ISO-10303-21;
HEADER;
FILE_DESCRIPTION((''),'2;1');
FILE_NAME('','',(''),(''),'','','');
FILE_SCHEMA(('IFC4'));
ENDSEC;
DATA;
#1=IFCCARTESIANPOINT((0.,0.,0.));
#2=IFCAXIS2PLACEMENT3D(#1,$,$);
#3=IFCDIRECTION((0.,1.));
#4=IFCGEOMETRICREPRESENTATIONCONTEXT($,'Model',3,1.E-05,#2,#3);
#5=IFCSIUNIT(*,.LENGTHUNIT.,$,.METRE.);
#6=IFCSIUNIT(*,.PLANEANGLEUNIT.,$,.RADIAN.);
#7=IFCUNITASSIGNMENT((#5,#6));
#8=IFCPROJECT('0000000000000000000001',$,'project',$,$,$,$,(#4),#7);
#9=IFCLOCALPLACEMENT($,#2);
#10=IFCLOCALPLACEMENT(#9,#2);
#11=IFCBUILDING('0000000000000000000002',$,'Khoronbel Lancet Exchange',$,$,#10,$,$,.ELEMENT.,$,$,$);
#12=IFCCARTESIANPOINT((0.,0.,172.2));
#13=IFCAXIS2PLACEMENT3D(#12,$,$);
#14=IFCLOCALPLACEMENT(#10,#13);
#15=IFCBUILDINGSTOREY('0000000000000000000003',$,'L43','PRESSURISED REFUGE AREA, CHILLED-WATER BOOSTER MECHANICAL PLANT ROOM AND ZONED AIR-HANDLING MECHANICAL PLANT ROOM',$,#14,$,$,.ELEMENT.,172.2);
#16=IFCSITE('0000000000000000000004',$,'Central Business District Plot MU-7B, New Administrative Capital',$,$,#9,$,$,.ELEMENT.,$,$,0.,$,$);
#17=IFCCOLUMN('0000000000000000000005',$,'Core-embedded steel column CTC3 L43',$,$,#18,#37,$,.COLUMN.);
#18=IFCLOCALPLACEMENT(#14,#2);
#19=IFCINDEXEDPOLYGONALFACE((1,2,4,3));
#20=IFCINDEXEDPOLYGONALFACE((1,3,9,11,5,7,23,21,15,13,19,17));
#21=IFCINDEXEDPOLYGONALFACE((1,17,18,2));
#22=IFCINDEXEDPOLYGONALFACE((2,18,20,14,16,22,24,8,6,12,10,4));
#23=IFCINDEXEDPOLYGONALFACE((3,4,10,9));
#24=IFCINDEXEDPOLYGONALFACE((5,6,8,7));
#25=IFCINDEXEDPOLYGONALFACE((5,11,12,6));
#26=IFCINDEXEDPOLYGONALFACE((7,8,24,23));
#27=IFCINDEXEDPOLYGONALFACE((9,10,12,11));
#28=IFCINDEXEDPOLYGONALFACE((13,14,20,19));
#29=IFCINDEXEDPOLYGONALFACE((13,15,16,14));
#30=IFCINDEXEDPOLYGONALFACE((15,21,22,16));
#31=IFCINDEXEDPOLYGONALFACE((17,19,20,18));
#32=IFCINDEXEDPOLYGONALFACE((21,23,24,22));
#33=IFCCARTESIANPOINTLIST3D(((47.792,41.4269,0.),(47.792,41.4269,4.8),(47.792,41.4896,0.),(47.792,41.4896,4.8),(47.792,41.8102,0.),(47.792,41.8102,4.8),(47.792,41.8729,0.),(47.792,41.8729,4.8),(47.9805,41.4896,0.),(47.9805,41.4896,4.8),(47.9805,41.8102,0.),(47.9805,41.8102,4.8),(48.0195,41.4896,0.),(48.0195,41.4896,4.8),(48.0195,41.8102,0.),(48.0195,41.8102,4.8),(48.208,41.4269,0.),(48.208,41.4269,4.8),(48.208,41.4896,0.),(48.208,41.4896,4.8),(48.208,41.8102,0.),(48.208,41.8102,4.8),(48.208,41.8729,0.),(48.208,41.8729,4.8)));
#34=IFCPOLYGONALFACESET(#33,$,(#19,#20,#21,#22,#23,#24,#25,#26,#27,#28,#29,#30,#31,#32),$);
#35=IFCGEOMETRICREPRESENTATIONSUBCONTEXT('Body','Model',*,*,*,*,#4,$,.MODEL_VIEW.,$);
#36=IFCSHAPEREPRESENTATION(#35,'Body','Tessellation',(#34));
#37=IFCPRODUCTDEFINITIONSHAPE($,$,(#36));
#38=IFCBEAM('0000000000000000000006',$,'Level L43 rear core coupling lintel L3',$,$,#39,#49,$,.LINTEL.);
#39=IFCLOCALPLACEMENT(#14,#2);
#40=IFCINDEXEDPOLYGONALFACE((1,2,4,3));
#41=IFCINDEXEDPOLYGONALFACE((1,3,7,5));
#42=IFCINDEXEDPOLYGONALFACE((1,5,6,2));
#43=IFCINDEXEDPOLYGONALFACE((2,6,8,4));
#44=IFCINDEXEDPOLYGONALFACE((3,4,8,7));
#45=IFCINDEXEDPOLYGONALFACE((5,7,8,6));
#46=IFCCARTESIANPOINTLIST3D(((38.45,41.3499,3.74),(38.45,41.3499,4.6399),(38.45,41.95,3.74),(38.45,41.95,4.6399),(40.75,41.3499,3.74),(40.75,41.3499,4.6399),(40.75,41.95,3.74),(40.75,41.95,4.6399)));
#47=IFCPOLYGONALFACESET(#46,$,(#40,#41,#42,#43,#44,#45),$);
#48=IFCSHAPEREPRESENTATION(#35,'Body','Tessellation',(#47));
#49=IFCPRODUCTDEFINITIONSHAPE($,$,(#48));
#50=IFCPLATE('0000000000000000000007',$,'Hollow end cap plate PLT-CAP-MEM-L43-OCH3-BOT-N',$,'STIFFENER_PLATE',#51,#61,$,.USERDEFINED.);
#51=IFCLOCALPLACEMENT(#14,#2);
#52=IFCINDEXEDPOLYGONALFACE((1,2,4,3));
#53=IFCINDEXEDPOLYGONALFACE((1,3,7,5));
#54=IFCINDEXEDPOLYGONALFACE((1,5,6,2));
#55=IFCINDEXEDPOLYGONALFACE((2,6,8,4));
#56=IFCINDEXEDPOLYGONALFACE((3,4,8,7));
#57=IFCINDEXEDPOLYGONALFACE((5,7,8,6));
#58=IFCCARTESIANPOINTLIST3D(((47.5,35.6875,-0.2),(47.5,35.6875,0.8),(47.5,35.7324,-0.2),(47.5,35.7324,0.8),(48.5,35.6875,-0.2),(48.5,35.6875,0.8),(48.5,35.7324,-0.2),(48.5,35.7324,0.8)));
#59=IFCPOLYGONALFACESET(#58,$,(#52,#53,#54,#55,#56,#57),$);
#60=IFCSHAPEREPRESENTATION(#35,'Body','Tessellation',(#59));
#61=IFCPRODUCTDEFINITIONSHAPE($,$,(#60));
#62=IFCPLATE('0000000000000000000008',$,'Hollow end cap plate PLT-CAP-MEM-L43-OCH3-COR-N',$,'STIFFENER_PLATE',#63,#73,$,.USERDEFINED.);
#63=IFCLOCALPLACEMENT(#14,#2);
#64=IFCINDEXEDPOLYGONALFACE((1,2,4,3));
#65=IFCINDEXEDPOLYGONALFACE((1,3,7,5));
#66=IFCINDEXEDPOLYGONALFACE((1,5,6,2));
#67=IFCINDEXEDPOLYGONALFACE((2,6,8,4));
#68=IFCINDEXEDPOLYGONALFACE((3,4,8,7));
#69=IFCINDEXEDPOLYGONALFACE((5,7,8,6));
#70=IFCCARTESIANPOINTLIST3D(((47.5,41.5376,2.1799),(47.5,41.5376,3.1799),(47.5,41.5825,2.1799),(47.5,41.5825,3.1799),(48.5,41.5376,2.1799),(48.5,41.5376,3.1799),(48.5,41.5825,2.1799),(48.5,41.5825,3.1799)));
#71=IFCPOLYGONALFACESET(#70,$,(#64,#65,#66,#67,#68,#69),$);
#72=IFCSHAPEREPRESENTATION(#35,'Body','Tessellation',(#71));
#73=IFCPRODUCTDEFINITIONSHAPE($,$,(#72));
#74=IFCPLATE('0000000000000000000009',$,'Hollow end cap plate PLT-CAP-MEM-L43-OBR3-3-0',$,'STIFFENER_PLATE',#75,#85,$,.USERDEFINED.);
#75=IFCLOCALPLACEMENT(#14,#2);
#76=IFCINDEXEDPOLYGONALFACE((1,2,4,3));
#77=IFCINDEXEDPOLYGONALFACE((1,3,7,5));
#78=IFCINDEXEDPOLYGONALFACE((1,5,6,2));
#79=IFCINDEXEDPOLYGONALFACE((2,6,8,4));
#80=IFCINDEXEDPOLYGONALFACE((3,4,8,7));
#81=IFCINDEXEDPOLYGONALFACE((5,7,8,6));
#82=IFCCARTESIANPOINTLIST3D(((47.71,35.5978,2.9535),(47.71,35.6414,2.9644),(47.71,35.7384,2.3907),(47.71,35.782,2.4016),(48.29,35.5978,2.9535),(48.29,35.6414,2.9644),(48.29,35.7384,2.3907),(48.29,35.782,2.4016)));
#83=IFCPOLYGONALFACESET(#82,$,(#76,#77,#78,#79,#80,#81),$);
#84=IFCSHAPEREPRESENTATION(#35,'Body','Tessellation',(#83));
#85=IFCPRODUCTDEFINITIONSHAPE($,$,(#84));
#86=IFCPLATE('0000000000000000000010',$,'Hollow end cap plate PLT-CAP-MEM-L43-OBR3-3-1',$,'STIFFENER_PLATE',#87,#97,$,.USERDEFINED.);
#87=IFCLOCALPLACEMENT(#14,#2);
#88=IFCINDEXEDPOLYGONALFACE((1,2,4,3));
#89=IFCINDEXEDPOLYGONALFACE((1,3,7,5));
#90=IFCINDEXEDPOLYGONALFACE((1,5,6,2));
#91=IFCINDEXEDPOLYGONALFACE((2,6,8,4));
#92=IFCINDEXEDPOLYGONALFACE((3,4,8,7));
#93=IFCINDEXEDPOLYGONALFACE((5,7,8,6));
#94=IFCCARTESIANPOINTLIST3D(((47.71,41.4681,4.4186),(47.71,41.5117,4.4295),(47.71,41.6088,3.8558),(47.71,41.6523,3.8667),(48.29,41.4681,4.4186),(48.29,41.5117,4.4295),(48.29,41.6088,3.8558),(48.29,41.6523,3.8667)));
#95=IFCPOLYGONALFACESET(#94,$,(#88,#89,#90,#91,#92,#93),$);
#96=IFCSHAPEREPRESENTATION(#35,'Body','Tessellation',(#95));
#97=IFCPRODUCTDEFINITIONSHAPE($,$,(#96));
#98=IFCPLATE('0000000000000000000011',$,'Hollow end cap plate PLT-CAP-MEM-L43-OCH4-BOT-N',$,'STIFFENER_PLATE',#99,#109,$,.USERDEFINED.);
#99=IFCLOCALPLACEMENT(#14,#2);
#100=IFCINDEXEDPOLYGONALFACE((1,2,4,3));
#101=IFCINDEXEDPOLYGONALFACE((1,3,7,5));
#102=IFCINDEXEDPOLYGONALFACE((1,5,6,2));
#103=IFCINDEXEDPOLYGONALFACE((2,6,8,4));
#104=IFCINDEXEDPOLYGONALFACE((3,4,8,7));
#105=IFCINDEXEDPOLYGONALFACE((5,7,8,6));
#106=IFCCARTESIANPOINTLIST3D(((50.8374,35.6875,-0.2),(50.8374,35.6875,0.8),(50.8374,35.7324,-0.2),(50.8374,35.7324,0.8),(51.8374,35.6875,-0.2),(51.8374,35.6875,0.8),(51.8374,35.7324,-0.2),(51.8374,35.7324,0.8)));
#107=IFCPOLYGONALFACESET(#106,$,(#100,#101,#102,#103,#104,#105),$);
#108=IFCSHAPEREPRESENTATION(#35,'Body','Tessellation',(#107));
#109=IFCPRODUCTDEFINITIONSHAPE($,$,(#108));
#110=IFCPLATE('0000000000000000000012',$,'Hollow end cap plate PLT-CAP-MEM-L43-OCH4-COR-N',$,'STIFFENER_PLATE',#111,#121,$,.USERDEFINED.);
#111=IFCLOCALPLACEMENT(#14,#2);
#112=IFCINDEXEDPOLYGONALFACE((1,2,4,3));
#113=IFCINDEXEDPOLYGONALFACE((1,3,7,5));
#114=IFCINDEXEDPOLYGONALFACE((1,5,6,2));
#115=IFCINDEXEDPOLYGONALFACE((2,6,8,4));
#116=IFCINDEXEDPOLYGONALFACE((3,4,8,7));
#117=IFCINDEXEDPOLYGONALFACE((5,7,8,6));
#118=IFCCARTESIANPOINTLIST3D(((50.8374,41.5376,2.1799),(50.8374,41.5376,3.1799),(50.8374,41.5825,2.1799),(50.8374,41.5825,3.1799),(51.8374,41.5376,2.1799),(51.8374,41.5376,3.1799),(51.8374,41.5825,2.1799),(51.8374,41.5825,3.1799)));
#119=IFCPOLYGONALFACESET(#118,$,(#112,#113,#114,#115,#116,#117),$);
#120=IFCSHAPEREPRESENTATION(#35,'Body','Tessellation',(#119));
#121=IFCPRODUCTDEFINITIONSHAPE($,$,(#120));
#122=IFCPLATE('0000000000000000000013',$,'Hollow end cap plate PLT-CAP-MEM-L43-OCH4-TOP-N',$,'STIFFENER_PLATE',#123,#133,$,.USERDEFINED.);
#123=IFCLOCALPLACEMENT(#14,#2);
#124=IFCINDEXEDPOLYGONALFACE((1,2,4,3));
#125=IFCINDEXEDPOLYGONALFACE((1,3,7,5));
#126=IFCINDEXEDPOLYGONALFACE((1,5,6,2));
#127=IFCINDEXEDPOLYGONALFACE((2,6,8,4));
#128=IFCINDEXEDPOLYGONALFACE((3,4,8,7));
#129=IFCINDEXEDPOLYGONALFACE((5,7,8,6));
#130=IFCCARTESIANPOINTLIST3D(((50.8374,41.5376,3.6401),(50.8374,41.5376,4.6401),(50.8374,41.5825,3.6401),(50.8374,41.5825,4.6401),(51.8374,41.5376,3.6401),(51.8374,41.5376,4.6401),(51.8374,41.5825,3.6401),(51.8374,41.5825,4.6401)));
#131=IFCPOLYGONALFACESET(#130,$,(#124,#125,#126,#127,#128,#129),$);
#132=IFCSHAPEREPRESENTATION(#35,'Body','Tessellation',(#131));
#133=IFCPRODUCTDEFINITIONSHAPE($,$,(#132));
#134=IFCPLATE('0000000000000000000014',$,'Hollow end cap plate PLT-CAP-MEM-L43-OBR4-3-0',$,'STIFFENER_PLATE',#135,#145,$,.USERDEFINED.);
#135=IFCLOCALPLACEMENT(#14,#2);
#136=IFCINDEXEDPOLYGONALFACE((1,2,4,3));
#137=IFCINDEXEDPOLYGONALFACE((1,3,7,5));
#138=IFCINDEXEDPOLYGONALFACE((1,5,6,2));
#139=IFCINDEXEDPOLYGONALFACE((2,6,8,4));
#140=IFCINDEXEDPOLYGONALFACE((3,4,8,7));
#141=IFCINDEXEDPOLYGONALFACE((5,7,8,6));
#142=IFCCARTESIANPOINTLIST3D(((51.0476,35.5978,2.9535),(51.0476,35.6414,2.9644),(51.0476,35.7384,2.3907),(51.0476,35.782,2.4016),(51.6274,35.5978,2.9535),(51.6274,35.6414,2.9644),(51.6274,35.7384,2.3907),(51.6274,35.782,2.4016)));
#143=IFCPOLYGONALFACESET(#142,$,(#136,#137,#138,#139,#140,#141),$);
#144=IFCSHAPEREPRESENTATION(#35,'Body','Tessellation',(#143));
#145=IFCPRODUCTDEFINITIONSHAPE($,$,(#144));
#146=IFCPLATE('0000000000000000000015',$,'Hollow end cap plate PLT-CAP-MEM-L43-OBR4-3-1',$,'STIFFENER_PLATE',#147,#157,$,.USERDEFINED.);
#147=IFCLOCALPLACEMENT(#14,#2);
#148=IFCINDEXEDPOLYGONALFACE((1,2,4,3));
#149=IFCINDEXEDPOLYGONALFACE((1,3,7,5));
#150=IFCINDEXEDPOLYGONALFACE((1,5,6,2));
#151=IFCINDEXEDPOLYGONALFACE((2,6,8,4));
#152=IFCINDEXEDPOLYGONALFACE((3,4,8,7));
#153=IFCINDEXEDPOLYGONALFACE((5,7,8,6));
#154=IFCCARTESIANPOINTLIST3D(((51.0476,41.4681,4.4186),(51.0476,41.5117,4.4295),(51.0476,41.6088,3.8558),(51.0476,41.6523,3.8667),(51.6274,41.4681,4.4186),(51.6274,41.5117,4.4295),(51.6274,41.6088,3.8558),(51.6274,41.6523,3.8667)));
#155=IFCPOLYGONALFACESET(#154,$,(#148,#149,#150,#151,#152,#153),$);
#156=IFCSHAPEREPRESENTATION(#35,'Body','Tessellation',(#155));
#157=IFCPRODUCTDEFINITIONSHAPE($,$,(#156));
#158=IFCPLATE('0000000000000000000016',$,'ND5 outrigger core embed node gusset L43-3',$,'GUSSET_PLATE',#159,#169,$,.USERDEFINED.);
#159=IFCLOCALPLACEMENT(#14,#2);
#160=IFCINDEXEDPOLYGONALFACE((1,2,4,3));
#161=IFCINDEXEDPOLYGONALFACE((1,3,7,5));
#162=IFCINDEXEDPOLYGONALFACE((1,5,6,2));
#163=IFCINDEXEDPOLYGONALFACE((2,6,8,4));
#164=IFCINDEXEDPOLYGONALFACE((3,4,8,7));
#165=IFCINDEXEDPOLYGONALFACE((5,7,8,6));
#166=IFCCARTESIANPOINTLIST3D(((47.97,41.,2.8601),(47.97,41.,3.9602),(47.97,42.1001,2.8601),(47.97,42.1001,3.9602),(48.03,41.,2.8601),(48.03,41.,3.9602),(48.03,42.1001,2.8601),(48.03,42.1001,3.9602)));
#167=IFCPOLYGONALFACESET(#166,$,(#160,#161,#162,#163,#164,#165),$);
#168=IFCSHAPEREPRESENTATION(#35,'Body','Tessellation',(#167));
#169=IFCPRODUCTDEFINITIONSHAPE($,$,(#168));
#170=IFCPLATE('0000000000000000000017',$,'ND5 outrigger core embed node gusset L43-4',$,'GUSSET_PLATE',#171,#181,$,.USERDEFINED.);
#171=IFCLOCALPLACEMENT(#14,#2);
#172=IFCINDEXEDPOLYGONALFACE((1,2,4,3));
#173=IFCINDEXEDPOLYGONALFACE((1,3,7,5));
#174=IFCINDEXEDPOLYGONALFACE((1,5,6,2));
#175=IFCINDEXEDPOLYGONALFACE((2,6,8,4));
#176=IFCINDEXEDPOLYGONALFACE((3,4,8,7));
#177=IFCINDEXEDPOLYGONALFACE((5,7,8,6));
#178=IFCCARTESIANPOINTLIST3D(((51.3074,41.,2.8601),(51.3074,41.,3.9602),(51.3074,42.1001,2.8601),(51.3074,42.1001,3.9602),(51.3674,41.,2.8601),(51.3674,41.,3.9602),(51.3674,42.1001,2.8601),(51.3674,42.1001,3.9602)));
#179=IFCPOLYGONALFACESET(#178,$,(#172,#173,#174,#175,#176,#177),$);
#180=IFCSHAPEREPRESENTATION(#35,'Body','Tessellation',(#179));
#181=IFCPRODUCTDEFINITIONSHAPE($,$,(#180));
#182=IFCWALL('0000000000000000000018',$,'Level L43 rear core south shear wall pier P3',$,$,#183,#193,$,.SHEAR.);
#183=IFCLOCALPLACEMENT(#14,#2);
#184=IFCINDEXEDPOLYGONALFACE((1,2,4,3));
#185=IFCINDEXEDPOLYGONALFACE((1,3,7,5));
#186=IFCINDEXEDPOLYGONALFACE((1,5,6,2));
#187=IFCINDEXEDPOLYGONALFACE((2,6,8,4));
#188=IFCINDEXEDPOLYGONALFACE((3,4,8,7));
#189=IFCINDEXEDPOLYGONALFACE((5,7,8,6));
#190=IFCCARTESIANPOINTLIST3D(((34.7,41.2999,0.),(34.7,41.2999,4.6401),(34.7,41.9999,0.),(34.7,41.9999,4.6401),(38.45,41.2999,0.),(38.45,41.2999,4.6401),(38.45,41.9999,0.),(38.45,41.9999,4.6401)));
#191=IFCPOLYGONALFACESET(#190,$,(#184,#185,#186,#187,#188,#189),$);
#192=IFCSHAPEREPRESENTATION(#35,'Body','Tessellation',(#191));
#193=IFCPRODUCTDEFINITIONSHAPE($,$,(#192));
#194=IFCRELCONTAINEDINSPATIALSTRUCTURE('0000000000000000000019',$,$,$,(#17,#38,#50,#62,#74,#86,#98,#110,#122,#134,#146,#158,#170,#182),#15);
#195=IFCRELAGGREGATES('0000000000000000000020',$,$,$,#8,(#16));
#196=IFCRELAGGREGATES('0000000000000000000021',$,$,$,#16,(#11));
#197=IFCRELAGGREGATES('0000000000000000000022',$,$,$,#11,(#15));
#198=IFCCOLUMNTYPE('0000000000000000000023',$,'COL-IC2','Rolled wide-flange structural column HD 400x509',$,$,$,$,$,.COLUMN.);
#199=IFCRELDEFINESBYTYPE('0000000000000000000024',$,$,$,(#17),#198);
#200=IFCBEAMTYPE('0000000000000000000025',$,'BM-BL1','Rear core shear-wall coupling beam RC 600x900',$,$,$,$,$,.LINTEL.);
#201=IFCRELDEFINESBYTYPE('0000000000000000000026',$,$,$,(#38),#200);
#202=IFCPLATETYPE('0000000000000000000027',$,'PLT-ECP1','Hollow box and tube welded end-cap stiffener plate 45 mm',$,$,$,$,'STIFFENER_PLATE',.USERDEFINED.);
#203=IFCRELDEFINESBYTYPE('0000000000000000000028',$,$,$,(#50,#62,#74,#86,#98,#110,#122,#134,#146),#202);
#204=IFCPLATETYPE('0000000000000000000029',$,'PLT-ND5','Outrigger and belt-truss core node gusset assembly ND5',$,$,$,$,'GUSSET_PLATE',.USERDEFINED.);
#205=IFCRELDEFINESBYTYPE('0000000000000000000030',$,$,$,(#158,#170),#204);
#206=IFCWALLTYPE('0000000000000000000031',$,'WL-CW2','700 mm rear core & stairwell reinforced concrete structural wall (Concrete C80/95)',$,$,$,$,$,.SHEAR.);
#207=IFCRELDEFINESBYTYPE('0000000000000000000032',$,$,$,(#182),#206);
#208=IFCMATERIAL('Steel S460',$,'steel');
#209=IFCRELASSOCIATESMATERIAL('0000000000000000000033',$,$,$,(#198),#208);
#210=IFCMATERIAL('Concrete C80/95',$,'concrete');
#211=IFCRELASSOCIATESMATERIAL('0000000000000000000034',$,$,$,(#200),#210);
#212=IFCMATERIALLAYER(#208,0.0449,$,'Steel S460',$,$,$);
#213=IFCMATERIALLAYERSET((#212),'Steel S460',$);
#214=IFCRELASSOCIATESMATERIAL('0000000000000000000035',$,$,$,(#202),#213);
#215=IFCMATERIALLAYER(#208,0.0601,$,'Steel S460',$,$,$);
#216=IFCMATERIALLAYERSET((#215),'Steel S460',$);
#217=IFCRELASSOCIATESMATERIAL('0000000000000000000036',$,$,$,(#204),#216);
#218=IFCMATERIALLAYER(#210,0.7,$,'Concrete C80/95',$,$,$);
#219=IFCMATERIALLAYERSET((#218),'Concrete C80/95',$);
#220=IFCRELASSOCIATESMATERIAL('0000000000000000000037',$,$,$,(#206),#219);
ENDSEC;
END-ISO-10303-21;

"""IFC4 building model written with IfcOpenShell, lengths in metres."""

from ifc_helpers import new_model, si_unit, direction, frame, frame_2d, origin, origin_2d, place, context, subcontext, project, spatial, polyline, rectangle, i_section, outline, extrude, material, layer, layer_set, material_profile, profile_set, type_object, element, save


model = new_model("IFC4")

# Units and contexts
model_context = context("Model", 3, precision=1e-05, world=origin(), true_north=direction((0.0, 1.0)))
body_context = subcontext(model_context, "Body", "Model", "MODEL_VIEW")
ifc_project = project(units=[si_unit("LENGTHUNIT", "METRE"), si_unit("PLANEANGLEUNIT", "RADIAN")], contexts=[model_context])

# Site, building, storey
site_placement = place(None, origin())
site = spatial("IfcSite", under=ifc_project, at=site_placement, Name="Central Business District Plot MU-7B, New Administrative Capital", CompositionType="ELEMENT", RefElevation=0.0)
building_placement = place(site_placement, origin())
building = spatial("IfcBuilding", under=site, at=building_placement, Name="Khoronbel Lancet Exchange", CompositionType="ELEMENT")
storey_placement = place(building_placement, frame((0.0, 0.0, 172.2)))
storey = spatial("IfcBuildingStorey", under=building, at=storey_placement, Name="L43", Description="PRESSURISED REFUGE AREA, CHILLED-WATER BOOSTER MECHANICAL PLANT ROOM AND ZONED AIR-HANDLING MECHANICAL PLANT ROOM", CompositionType="ELEMENT", Elevation=172.2)

# Column
ifc_material_1 = material(Name="Steel S460", Category="steel")
ifc_material_profile_1 = material_profile(ifc_material_1, i_section(OverallWidth=0.416, OverallDepth=0.446, WebThickness=0.0391, FlangeThickness=0.0627, at=origin_2d()), Name="HD 400x509")
ifc_profile_set_1 = profile_set([ifc_material_profile_1], Name="Steel S460")
column_type = type_object("IfcColumnType", Name="COL-IC2", Description="Rolled wide-flange structural column HD 400x509", PredefinedType="COLUMN", material=ifc_profile_set_1)
column_placement = place(storey_placement, frame((48.0, 41.6499, 0.0), z_axis=(0.0, 0.0, 1.0), x_axis=(1.0, 0.0, 0.0)))
element("IfcColumn", 1, at=column_placement, inside=storey, type_object=column_type, Name="Core-embedded steel column CTC3 L43", PredefinedType="COLUMN", context=body_context, shape_type="SweptSolid", body=[
    extrude(i_section(OverallWidth=0.416, OverallDepth=0.446, WebThickness=0.0391, FlangeThickness=0.0627, at=origin_2d()), origin(), (0.0, 0.0, 1.0), 4.8),
])

# Beam
ifc_material_2 = material(Name="Concrete C80/95", Category="concrete")
ifc_material_profile_2 = material_profile(ifc_material_2, rectangle(XDim=0.6001, YDim=0.8999, at=origin_2d()), Name="RC 600x900")
ifc_profile_set_2 = profile_set([ifc_material_profile_2], Name="Concrete C80/95")
beam_type = type_object("IfcBeamType", Name="BM-BL1", Description="Rear core shear-wall coupling beam RC 600x900", PredefinedType="LINTEL", material=ifc_profile_set_2)
beam_placement = place(storey_placement, frame((38.45, 41.6499, 4.1899), z_axis=(1.0, 0.0, 0.0), x_axis=(0.0, 1.0, 0.0)))
element("IfcBeam", 2, at=beam_placement, inside=storey, type_object=beam_type, Name="Level L43 rear core coupling lintel L3", PredefinedType="LINTEL", context=body_context, shape_type="SweptSolid", body=[
    extrude(rectangle(XDim=0.6001, YDim=0.8999, at=origin_2d()), origin(), (0.0, 0.0, 1.0), 2.3),
])

# Plates
ifc_layer_1 = layer(ifc_material_1, 0.0449, Name="Steel S460")
ifc_layer_set_1 = layer_set([ifc_layer_1], Name="Steel S460")
plate_type_1 = type_object("IfcPlateType", Name="PLT-ECP1", Description="Hollow box and tube welded end-cap stiffener plate 45 mm", ElementType="STIFFENER_PLATE", PredefinedType="USERDEFINED", material=ifc_layer_set_1)
for number, where, z_axis, x_axis, name in (
    (3, (48.0, 35.71, -0.2), (0.0, 0.0, 1.0), (0.0, 1.0, 0.0), "Hollow end cap plate PLT-CAP-MEM-L43-OCH3-BOT-N"),
    (4, (48.0, 41.5601, 2.1799), (0.0, 0.0, 1.0), (0.0, 1.0, 0.0), "Hollow end cap plate PLT-CAP-MEM-L43-OCH3-COR-N"),
):
    element("IfcPlate", number, at=place(storey_placement, frame(where, z_axis=z_axis, x_axis=x_axis)), inside=storey, type_object=plate_type_1, Name=name, ObjectType="STIFFENER_PLATE", PredefinedType="USERDEFINED", context=body_context, shape_type="SweptSolid", body=[
        extrude(rectangle(XDim=0.0449, YDim=1.0, at=origin_2d()), origin(), (0.0, 0.0, 1.0), 1.0),
    ])
for number, where, z_axis, x_axis, name in (
    (5, (48.29, 35.782, 2.4016), (0.0, 0.970167, 0.242437), (-1.0, 0.0, 0.0), "Hollow end cap plate PLT-CAP-MEM-L43-OBR3-3-0"),
    (6, (48.29, 41.6523, 3.8667), (0.0, 0.970167, 0.242437), (-1.0, 0.0, 0.0), "Hollow end cap plate PLT-CAP-MEM-L43-OBR3-3-1"),
):
    element("IfcPlate", number, at=place(storey_placement, frame(where, z_axis=z_axis, x_axis=x_axis)), inside=storey, type_object=plate_type_1, Name=name, ObjectType="STIFFENER_PLATE", PredefinedType="USERDEFINED", context=body_context, shape_type="SweptSolid", body=[
        extrude(outline(polyline([(0.0, 0.0), (0.5801, 0.0), (0.5801, 0.5801), (0.0, 0.5801), (0.0, 0.0)])), origin(), (0.0, 0.0, -1.0), 0.0449),
    ])
for number, where, z_axis, x_axis, name in (
    (7, (51.3374, 35.71, -0.2), (0.0, 0.0, 1.0), (0.0, 1.0, 0.0), "Hollow end cap plate PLT-CAP-MEM-L43-OCH4-BOT-N"),
    (8, (51.3374, 41.5601, 2.1799), (0.0, 0.0, 1.0), (0.0, 1.0, 0.0), "Hollow end cap plate PLT-CAP-MEM-L43-OCH4-COR-N"),
    (9, (51.3374, 41.5601, 3.6401), (0.0, 0.0, 1.0), (0.0, 1.0, 0.0), "Hollow end cap plate PLT-CAP-MEM-L43-OCH4-TOP-N"),
):
    element("IfcPlate", number, at=place(storey_placement, frame(where, z_axis=z_axis, x_axis=x_axis)), inside=storey, type_object=plate_type_1, Name=name, ObjectType="STIFFENER_PLATE", PredefinedType="USERDEFINED", context=body_context, shape_type="SweptSolid", body=[
        extrude(rectangle(XDim=0.0449, YDim=1.0, at=origin_2d()), origin(), (0.0, 0.0, 1.0), 1.0),
    ])
for number, where, z_axis, x_axis, name in (
    (10, (51.6274, 35.782, 2.4016), (0.0, 0.970167, 0.242437), (-1.0, 0.0, 0.0), "Hollow end cap plate PLT-CAP-MEM-L43-OBR4-3-0"),
    (11, (51.6274, 41.6523, 3.8667), (0.0, 0.970167, 0.242437), (-1.0, 0.0, 0.0), "Hollow end cap plate PLT-CAP-MEM-L43-OBR4-3-1"),
):
    element("IfcPlate", number, at=place(storey_placement, frame(where, z_axis=z_axis, x_axis=x_axis)), inside=storey, type_object=plate_type_1, Name=name, ObjectType="STIFFENER_PLATE", PredefinedType="USERDEFINED", context=body_context, shape_type="SweptSolid", body=[
        extrude(outline(polyline([(0.0, 0.0), (0.5798, 0.0), (0.5798, 0.5801), (0.0, 0.5801), (0.0, 0.0)])), origin(), (0.0, 0.0, -1.0), 0.0449),
    ])
ifc_layer_2 = layer(ifc_material_1, 0.0601, Name="Steel S460")
ifc_layer_set_2 = layer_set([ifc_layer_2], Name="Steel S460")
plate_type_2 = type_object("IfcPlateType", Name="PLT-ND5", Description="Outrigger and belt-truss core node gusset assembly ND5", ElementType="GUSSET_PLATE", PredefinedType="USERDEFINED", material=ifc_layer_set_2)
for number, where, z_axis, x_axis, name in (
    (12, (48.0, 41.55, 2.8601), (0.0, 0.0, 1.0), (1.0, 0.0, 0.0), "ND5 outrigger core embed node gusset L43-3"),
    (13, (51.3374, 41.55, 2.8601), (0.0, 0.0, 1.0), (1.0, 0.0, 0.0), "ND5 outrigger core embed node gusset L43-4"),
):
    element("IfcPlate", number, at=place(storey_placement, frame(where, z_axis=z_axis, x_axis=x_axis)), inside=storey, type_object=plate_type_2, Name=name, ObjectType="GUSSET_PLATE", PredefinedType="USERDEFINED", context=body_context, shape_type="SweptSolid", body=[
        extrude(rectangle(XDim=0.0601, YDim=1.1001, at=origin_2d()), origin(), (0.0, 0.0, 1.0), 1.1001),
    ])

# Wall
ifc_layer_3 = layer(ifc_material_2, 0.7, Name="Concrete C80/95")
ifc_layer_set_3 = layer_set([ifc_layer_3], Name="Concrete C80/95")
wall_type_1 = type_object("IfcWallType", Name="WL-CW2", Description="700 mm rear core & stairwell reinforced concrete structural wall (Concrete C80/95)", PredefinedType="SHEAR", material=ifc_layer_set_3)
wall_1_placement = place(storey_placement, frame((38.45, 41.6499, 0.0), z_axis=(0.0, 0.0, 1.0), x_axis=(-1.0, 0.0, 0.0)))
element("IfcWall", 14, at=wall_1_placement, inside=storey, type_object=wall_type_1, Name="Level L43 rear core south shear wall pier P3", PredefinedType="SHEAR", context=body_context, shape_type="SweptSolid", body=[
    extrude(rectangle(XDim=3.75, YDim=0.7, at=frame_2d((1.875, 0.0))), origin(), (0.0, 0.0, 1.0), 4.6401),
])

save(model, "model.ifc")
